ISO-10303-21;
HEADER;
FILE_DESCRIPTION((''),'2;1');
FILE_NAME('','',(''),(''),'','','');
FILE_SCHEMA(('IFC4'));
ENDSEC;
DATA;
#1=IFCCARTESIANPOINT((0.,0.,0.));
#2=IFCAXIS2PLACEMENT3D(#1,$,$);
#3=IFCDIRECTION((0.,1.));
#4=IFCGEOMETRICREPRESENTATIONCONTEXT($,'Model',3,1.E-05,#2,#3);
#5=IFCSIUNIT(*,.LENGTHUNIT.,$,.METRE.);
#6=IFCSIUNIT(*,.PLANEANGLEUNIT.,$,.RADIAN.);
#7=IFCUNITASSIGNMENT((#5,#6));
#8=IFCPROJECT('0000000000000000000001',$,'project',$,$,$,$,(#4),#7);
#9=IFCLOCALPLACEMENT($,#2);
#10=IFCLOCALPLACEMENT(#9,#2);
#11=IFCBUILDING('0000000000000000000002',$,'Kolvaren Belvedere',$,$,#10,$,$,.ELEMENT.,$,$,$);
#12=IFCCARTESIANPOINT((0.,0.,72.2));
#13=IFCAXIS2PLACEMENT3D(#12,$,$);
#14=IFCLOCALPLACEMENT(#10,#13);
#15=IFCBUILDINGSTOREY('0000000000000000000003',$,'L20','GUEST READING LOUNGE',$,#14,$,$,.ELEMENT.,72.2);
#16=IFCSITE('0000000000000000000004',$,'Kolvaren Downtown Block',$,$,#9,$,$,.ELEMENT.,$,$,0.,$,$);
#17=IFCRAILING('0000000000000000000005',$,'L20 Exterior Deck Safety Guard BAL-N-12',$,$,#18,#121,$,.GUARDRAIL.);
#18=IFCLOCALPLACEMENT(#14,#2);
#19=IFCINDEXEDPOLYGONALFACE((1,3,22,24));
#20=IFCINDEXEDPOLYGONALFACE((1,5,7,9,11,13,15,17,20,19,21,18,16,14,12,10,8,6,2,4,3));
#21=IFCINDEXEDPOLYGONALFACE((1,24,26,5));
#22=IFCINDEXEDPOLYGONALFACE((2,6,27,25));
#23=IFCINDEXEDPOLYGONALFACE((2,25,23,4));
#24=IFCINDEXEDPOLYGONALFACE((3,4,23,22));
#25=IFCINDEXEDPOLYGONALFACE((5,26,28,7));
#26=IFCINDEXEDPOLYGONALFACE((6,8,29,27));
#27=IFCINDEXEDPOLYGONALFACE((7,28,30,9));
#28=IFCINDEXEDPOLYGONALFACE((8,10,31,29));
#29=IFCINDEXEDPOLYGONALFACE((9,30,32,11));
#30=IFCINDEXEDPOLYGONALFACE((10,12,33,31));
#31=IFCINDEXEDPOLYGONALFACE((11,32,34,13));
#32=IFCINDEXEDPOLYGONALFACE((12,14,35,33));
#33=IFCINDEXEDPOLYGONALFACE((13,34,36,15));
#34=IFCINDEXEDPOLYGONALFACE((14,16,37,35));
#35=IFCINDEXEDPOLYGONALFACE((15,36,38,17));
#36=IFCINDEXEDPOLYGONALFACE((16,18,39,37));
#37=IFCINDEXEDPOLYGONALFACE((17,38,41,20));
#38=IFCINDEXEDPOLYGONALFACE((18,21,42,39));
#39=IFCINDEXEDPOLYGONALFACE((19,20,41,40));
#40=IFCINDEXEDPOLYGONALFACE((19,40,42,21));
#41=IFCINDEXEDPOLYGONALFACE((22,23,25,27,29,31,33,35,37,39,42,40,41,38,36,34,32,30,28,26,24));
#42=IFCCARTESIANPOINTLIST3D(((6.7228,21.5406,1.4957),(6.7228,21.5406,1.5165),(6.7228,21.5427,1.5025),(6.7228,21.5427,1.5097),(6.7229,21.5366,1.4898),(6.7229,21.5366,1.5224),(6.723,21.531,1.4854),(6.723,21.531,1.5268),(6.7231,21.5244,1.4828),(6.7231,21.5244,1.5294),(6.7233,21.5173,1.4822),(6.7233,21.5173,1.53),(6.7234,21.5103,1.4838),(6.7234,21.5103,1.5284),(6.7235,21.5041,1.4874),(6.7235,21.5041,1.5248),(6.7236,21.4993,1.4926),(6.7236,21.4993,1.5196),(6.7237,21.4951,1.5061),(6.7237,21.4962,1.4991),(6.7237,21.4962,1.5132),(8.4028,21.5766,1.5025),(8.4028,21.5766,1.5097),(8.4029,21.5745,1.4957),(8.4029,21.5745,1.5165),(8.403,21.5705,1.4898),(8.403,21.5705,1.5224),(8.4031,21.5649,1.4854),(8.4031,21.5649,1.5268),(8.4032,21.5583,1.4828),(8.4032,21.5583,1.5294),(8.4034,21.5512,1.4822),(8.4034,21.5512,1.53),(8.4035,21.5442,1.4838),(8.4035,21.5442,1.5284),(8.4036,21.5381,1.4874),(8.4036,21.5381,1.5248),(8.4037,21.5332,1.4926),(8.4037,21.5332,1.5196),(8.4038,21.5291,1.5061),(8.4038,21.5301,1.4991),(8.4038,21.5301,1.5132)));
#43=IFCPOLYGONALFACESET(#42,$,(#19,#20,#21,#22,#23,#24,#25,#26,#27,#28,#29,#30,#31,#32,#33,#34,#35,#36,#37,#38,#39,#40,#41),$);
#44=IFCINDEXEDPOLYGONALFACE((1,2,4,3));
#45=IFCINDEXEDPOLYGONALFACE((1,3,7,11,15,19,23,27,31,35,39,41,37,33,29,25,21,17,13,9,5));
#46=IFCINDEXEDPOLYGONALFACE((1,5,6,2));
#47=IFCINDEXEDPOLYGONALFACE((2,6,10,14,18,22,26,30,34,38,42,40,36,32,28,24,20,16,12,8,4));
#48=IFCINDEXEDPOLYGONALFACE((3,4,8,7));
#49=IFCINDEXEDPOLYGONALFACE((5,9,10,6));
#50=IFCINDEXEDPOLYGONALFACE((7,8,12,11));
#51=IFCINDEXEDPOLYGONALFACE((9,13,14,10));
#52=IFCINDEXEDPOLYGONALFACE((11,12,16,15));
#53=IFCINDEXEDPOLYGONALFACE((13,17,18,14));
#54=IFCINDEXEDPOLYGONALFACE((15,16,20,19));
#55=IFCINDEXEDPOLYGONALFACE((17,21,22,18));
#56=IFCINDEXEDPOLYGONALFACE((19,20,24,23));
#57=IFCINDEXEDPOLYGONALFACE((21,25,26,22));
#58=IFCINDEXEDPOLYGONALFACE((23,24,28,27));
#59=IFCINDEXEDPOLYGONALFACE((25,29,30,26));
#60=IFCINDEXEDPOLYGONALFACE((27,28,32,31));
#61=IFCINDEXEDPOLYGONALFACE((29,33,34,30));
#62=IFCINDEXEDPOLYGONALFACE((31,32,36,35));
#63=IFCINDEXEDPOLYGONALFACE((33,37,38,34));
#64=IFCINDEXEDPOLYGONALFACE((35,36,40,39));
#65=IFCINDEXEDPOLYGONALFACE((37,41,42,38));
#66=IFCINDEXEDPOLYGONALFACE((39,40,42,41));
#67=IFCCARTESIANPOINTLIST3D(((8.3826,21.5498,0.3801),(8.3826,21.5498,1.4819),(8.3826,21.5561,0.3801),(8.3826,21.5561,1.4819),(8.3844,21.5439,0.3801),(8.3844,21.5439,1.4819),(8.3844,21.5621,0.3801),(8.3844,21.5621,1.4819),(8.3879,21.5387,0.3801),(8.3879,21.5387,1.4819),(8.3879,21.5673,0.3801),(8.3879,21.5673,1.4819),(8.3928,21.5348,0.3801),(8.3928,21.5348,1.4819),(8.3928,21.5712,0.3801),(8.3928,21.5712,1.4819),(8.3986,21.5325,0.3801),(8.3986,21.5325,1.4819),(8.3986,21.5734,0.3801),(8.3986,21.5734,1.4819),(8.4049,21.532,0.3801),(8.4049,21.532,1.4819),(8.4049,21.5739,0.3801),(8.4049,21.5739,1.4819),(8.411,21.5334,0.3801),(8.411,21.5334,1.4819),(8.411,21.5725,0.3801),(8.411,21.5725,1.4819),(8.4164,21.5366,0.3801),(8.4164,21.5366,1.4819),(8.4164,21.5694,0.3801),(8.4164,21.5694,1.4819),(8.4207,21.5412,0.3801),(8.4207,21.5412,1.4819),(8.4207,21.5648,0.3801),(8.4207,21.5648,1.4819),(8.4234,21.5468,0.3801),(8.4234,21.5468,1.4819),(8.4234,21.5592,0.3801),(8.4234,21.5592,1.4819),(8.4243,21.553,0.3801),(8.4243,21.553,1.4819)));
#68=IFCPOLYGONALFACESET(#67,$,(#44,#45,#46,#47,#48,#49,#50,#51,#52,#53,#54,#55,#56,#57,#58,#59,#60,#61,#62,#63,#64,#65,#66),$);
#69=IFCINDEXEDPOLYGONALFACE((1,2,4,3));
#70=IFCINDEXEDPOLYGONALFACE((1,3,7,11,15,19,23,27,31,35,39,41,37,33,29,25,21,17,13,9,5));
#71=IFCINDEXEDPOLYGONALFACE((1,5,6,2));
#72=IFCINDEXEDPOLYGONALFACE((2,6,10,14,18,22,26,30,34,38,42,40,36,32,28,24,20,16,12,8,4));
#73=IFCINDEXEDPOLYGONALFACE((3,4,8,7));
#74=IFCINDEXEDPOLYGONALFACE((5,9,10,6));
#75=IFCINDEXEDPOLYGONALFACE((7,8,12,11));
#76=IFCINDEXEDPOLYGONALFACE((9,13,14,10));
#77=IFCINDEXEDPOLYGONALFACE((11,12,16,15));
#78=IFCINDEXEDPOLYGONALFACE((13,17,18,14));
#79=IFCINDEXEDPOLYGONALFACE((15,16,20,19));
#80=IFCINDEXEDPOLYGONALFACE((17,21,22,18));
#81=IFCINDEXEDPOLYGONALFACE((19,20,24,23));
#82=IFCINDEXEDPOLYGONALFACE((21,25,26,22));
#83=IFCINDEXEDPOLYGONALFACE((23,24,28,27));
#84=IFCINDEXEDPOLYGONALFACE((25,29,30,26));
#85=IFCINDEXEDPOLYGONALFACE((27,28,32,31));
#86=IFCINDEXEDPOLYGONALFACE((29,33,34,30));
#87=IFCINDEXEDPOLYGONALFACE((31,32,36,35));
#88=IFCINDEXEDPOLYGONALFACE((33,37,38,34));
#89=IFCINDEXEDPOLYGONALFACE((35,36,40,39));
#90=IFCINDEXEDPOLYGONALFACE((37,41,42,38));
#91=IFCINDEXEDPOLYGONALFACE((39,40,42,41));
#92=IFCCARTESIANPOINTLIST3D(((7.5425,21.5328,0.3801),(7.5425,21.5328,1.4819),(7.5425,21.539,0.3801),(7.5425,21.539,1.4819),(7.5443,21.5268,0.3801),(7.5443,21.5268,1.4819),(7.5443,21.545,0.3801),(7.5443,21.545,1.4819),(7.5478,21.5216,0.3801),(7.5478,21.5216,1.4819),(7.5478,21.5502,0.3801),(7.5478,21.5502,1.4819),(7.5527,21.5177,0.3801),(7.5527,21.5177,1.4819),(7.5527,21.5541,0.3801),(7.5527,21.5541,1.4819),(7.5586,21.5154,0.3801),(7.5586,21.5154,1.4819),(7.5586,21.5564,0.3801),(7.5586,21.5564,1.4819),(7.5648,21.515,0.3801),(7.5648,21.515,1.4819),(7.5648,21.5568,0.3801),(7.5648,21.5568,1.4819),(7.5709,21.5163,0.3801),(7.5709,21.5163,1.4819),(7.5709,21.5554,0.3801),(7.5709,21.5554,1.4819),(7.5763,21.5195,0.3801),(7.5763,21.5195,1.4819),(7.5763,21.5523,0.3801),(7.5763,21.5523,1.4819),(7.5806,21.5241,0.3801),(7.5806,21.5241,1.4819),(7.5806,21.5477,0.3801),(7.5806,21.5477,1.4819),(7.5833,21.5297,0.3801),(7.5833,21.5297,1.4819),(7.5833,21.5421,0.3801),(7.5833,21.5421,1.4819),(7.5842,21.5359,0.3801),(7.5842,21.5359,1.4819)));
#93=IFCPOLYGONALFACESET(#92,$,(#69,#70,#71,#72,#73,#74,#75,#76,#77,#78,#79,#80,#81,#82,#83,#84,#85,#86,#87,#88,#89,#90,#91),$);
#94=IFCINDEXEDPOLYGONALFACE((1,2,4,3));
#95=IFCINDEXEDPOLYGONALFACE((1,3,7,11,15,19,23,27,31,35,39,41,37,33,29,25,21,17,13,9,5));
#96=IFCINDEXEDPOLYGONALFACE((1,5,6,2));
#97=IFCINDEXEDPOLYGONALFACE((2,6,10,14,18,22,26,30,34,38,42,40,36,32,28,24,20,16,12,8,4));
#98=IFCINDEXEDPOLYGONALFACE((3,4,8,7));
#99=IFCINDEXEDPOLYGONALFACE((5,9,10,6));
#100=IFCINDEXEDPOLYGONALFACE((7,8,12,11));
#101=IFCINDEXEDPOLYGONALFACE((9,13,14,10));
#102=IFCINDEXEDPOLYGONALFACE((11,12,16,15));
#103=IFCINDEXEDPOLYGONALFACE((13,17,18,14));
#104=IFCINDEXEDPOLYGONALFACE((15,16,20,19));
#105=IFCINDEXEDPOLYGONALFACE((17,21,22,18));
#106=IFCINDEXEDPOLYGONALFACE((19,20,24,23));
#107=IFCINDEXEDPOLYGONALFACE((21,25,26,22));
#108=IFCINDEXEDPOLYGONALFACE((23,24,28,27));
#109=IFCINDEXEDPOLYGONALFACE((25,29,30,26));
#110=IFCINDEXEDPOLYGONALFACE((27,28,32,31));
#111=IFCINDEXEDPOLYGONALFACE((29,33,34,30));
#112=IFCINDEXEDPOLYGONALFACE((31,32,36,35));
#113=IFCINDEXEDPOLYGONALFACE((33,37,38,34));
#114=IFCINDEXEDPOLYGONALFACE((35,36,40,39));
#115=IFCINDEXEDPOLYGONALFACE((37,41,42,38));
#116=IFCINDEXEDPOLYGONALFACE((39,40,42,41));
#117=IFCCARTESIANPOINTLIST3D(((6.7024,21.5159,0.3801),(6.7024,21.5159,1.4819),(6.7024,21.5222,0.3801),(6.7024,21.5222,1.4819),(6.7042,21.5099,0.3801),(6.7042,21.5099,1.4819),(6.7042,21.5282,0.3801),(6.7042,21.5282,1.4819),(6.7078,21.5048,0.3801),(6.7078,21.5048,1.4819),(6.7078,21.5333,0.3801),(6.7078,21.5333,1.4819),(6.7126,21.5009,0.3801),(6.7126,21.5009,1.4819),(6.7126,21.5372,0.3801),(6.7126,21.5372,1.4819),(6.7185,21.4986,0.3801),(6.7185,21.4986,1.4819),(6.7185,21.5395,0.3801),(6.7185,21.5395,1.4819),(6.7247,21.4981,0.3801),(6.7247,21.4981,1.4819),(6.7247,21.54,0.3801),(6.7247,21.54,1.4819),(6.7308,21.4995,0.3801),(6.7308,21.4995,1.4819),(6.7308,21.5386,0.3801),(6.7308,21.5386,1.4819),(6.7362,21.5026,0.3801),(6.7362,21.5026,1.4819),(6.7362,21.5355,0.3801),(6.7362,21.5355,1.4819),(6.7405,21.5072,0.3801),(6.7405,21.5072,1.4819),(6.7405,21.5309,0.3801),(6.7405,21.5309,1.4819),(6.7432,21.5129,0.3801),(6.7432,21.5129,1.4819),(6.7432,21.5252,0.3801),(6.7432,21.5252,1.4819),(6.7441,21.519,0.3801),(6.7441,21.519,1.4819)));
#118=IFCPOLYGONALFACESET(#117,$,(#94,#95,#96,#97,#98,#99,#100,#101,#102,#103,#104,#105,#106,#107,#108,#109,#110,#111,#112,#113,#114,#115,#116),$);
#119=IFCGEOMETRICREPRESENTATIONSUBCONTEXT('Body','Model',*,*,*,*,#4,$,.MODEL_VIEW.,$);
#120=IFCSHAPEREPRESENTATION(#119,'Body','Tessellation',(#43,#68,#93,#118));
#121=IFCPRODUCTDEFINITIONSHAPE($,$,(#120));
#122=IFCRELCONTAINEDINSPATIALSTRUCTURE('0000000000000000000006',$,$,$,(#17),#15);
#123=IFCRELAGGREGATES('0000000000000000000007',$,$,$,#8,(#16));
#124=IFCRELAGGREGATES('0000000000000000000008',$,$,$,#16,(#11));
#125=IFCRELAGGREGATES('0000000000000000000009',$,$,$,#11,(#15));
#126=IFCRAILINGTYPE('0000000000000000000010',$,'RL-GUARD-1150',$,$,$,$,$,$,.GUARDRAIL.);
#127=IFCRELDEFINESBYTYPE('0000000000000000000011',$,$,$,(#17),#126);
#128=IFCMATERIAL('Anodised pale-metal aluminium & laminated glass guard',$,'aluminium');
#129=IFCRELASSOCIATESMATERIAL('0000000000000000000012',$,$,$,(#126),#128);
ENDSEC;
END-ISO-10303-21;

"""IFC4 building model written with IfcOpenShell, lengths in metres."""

from ifc_helpers import new_model, si_unit, direction, frame, origin, origin_2d, place, context, subcontext, project, spatial, circle, extrude, material, type_object, element, save


model = new_model("IFC4")

# Units and contexts
model_context = context("Model", 3, precision=1e-05, world=origin(), true_north=direction((0.0, 1.0)))
body_context = subcontext(model_context, "Body", "Model", "MODEL_VIEW")
ifc_project = project(units=[si_unit("LENGTHUNIT", "METRE"), si_unit("PLANEANGLEUNIT", "RADIAN")], contexts=[model_context])

# Site, building, storey
site_placement = place(None, origin())
site = spatial("IfcSite", under=ifc_project, at=site_placement, Name="Kolvaren Downtown Block", CompositionType="ELEMENT", RefElevation=0.0)
building_placement = place(site_placement, origin())
building = spatial("IfcBuilding", under=site, at=building_placement, Name="Kolvaren Belvedere", CompositionType="ELEMENT")
storey_placement = place(building_placement, frame((0.0, 0.0, 72.2)))
storey = spatial("IfcBuildingStorey", under=building, at=storey_placement, Name="L20", Description="GUEST READING LOUNGE", CompositionType="ELEMENT", Elevation=72.2)

# Railing
ifc_material_1 = material(Name="Anodised pale-metal aluminium & laminated glass guard", Category="aluminium")
railing_type = type_object("IfcRailingType", Name="RL-GUARD-1150", PredefinedType="GUARDRAIL", material=ifc_material_1)
railing_1_placement = place(storey_placement, frame((8.4033, 21.553, 0.3801)))
element("IfcRailing", 1, at=railing_1_placement, inside=storey, type_object=railing_type, Name="L20 Exterior Deck Safety Guard BAL-N-12", PredefinedType="GUARDRAIL", context=body_context, shape_type="SweptSolid", body=[
    extrude(circle(Radius=0.0239, at=origin_2d()), frame((0.0, 0.0, 1.126), z_axis=(-0.999796, -0.020193, 0.0), x_axis=(0.020193, -0.999796, 0.0)), (0.0, 0.0, 1.0), 1.6804),
    extrude(circle(Radius=0.021, at=origin_2d()), origin(), (0.0, 0.0, 1.0), 1.1018),
    extrude(circle(Radius=0.021, at=origin_2d()), frame((-0.8401, -0.0171, 0.0)), (0.0, 0.0, 1.0), 1.1018),
    extrude(circle(Radius=0.021, at=origin_2d()), frame((-1.6802, -0.0339, 0.0)), (0.0, 0.0, 1.0), 1.1018),
])

save(model, "model.ifc")
